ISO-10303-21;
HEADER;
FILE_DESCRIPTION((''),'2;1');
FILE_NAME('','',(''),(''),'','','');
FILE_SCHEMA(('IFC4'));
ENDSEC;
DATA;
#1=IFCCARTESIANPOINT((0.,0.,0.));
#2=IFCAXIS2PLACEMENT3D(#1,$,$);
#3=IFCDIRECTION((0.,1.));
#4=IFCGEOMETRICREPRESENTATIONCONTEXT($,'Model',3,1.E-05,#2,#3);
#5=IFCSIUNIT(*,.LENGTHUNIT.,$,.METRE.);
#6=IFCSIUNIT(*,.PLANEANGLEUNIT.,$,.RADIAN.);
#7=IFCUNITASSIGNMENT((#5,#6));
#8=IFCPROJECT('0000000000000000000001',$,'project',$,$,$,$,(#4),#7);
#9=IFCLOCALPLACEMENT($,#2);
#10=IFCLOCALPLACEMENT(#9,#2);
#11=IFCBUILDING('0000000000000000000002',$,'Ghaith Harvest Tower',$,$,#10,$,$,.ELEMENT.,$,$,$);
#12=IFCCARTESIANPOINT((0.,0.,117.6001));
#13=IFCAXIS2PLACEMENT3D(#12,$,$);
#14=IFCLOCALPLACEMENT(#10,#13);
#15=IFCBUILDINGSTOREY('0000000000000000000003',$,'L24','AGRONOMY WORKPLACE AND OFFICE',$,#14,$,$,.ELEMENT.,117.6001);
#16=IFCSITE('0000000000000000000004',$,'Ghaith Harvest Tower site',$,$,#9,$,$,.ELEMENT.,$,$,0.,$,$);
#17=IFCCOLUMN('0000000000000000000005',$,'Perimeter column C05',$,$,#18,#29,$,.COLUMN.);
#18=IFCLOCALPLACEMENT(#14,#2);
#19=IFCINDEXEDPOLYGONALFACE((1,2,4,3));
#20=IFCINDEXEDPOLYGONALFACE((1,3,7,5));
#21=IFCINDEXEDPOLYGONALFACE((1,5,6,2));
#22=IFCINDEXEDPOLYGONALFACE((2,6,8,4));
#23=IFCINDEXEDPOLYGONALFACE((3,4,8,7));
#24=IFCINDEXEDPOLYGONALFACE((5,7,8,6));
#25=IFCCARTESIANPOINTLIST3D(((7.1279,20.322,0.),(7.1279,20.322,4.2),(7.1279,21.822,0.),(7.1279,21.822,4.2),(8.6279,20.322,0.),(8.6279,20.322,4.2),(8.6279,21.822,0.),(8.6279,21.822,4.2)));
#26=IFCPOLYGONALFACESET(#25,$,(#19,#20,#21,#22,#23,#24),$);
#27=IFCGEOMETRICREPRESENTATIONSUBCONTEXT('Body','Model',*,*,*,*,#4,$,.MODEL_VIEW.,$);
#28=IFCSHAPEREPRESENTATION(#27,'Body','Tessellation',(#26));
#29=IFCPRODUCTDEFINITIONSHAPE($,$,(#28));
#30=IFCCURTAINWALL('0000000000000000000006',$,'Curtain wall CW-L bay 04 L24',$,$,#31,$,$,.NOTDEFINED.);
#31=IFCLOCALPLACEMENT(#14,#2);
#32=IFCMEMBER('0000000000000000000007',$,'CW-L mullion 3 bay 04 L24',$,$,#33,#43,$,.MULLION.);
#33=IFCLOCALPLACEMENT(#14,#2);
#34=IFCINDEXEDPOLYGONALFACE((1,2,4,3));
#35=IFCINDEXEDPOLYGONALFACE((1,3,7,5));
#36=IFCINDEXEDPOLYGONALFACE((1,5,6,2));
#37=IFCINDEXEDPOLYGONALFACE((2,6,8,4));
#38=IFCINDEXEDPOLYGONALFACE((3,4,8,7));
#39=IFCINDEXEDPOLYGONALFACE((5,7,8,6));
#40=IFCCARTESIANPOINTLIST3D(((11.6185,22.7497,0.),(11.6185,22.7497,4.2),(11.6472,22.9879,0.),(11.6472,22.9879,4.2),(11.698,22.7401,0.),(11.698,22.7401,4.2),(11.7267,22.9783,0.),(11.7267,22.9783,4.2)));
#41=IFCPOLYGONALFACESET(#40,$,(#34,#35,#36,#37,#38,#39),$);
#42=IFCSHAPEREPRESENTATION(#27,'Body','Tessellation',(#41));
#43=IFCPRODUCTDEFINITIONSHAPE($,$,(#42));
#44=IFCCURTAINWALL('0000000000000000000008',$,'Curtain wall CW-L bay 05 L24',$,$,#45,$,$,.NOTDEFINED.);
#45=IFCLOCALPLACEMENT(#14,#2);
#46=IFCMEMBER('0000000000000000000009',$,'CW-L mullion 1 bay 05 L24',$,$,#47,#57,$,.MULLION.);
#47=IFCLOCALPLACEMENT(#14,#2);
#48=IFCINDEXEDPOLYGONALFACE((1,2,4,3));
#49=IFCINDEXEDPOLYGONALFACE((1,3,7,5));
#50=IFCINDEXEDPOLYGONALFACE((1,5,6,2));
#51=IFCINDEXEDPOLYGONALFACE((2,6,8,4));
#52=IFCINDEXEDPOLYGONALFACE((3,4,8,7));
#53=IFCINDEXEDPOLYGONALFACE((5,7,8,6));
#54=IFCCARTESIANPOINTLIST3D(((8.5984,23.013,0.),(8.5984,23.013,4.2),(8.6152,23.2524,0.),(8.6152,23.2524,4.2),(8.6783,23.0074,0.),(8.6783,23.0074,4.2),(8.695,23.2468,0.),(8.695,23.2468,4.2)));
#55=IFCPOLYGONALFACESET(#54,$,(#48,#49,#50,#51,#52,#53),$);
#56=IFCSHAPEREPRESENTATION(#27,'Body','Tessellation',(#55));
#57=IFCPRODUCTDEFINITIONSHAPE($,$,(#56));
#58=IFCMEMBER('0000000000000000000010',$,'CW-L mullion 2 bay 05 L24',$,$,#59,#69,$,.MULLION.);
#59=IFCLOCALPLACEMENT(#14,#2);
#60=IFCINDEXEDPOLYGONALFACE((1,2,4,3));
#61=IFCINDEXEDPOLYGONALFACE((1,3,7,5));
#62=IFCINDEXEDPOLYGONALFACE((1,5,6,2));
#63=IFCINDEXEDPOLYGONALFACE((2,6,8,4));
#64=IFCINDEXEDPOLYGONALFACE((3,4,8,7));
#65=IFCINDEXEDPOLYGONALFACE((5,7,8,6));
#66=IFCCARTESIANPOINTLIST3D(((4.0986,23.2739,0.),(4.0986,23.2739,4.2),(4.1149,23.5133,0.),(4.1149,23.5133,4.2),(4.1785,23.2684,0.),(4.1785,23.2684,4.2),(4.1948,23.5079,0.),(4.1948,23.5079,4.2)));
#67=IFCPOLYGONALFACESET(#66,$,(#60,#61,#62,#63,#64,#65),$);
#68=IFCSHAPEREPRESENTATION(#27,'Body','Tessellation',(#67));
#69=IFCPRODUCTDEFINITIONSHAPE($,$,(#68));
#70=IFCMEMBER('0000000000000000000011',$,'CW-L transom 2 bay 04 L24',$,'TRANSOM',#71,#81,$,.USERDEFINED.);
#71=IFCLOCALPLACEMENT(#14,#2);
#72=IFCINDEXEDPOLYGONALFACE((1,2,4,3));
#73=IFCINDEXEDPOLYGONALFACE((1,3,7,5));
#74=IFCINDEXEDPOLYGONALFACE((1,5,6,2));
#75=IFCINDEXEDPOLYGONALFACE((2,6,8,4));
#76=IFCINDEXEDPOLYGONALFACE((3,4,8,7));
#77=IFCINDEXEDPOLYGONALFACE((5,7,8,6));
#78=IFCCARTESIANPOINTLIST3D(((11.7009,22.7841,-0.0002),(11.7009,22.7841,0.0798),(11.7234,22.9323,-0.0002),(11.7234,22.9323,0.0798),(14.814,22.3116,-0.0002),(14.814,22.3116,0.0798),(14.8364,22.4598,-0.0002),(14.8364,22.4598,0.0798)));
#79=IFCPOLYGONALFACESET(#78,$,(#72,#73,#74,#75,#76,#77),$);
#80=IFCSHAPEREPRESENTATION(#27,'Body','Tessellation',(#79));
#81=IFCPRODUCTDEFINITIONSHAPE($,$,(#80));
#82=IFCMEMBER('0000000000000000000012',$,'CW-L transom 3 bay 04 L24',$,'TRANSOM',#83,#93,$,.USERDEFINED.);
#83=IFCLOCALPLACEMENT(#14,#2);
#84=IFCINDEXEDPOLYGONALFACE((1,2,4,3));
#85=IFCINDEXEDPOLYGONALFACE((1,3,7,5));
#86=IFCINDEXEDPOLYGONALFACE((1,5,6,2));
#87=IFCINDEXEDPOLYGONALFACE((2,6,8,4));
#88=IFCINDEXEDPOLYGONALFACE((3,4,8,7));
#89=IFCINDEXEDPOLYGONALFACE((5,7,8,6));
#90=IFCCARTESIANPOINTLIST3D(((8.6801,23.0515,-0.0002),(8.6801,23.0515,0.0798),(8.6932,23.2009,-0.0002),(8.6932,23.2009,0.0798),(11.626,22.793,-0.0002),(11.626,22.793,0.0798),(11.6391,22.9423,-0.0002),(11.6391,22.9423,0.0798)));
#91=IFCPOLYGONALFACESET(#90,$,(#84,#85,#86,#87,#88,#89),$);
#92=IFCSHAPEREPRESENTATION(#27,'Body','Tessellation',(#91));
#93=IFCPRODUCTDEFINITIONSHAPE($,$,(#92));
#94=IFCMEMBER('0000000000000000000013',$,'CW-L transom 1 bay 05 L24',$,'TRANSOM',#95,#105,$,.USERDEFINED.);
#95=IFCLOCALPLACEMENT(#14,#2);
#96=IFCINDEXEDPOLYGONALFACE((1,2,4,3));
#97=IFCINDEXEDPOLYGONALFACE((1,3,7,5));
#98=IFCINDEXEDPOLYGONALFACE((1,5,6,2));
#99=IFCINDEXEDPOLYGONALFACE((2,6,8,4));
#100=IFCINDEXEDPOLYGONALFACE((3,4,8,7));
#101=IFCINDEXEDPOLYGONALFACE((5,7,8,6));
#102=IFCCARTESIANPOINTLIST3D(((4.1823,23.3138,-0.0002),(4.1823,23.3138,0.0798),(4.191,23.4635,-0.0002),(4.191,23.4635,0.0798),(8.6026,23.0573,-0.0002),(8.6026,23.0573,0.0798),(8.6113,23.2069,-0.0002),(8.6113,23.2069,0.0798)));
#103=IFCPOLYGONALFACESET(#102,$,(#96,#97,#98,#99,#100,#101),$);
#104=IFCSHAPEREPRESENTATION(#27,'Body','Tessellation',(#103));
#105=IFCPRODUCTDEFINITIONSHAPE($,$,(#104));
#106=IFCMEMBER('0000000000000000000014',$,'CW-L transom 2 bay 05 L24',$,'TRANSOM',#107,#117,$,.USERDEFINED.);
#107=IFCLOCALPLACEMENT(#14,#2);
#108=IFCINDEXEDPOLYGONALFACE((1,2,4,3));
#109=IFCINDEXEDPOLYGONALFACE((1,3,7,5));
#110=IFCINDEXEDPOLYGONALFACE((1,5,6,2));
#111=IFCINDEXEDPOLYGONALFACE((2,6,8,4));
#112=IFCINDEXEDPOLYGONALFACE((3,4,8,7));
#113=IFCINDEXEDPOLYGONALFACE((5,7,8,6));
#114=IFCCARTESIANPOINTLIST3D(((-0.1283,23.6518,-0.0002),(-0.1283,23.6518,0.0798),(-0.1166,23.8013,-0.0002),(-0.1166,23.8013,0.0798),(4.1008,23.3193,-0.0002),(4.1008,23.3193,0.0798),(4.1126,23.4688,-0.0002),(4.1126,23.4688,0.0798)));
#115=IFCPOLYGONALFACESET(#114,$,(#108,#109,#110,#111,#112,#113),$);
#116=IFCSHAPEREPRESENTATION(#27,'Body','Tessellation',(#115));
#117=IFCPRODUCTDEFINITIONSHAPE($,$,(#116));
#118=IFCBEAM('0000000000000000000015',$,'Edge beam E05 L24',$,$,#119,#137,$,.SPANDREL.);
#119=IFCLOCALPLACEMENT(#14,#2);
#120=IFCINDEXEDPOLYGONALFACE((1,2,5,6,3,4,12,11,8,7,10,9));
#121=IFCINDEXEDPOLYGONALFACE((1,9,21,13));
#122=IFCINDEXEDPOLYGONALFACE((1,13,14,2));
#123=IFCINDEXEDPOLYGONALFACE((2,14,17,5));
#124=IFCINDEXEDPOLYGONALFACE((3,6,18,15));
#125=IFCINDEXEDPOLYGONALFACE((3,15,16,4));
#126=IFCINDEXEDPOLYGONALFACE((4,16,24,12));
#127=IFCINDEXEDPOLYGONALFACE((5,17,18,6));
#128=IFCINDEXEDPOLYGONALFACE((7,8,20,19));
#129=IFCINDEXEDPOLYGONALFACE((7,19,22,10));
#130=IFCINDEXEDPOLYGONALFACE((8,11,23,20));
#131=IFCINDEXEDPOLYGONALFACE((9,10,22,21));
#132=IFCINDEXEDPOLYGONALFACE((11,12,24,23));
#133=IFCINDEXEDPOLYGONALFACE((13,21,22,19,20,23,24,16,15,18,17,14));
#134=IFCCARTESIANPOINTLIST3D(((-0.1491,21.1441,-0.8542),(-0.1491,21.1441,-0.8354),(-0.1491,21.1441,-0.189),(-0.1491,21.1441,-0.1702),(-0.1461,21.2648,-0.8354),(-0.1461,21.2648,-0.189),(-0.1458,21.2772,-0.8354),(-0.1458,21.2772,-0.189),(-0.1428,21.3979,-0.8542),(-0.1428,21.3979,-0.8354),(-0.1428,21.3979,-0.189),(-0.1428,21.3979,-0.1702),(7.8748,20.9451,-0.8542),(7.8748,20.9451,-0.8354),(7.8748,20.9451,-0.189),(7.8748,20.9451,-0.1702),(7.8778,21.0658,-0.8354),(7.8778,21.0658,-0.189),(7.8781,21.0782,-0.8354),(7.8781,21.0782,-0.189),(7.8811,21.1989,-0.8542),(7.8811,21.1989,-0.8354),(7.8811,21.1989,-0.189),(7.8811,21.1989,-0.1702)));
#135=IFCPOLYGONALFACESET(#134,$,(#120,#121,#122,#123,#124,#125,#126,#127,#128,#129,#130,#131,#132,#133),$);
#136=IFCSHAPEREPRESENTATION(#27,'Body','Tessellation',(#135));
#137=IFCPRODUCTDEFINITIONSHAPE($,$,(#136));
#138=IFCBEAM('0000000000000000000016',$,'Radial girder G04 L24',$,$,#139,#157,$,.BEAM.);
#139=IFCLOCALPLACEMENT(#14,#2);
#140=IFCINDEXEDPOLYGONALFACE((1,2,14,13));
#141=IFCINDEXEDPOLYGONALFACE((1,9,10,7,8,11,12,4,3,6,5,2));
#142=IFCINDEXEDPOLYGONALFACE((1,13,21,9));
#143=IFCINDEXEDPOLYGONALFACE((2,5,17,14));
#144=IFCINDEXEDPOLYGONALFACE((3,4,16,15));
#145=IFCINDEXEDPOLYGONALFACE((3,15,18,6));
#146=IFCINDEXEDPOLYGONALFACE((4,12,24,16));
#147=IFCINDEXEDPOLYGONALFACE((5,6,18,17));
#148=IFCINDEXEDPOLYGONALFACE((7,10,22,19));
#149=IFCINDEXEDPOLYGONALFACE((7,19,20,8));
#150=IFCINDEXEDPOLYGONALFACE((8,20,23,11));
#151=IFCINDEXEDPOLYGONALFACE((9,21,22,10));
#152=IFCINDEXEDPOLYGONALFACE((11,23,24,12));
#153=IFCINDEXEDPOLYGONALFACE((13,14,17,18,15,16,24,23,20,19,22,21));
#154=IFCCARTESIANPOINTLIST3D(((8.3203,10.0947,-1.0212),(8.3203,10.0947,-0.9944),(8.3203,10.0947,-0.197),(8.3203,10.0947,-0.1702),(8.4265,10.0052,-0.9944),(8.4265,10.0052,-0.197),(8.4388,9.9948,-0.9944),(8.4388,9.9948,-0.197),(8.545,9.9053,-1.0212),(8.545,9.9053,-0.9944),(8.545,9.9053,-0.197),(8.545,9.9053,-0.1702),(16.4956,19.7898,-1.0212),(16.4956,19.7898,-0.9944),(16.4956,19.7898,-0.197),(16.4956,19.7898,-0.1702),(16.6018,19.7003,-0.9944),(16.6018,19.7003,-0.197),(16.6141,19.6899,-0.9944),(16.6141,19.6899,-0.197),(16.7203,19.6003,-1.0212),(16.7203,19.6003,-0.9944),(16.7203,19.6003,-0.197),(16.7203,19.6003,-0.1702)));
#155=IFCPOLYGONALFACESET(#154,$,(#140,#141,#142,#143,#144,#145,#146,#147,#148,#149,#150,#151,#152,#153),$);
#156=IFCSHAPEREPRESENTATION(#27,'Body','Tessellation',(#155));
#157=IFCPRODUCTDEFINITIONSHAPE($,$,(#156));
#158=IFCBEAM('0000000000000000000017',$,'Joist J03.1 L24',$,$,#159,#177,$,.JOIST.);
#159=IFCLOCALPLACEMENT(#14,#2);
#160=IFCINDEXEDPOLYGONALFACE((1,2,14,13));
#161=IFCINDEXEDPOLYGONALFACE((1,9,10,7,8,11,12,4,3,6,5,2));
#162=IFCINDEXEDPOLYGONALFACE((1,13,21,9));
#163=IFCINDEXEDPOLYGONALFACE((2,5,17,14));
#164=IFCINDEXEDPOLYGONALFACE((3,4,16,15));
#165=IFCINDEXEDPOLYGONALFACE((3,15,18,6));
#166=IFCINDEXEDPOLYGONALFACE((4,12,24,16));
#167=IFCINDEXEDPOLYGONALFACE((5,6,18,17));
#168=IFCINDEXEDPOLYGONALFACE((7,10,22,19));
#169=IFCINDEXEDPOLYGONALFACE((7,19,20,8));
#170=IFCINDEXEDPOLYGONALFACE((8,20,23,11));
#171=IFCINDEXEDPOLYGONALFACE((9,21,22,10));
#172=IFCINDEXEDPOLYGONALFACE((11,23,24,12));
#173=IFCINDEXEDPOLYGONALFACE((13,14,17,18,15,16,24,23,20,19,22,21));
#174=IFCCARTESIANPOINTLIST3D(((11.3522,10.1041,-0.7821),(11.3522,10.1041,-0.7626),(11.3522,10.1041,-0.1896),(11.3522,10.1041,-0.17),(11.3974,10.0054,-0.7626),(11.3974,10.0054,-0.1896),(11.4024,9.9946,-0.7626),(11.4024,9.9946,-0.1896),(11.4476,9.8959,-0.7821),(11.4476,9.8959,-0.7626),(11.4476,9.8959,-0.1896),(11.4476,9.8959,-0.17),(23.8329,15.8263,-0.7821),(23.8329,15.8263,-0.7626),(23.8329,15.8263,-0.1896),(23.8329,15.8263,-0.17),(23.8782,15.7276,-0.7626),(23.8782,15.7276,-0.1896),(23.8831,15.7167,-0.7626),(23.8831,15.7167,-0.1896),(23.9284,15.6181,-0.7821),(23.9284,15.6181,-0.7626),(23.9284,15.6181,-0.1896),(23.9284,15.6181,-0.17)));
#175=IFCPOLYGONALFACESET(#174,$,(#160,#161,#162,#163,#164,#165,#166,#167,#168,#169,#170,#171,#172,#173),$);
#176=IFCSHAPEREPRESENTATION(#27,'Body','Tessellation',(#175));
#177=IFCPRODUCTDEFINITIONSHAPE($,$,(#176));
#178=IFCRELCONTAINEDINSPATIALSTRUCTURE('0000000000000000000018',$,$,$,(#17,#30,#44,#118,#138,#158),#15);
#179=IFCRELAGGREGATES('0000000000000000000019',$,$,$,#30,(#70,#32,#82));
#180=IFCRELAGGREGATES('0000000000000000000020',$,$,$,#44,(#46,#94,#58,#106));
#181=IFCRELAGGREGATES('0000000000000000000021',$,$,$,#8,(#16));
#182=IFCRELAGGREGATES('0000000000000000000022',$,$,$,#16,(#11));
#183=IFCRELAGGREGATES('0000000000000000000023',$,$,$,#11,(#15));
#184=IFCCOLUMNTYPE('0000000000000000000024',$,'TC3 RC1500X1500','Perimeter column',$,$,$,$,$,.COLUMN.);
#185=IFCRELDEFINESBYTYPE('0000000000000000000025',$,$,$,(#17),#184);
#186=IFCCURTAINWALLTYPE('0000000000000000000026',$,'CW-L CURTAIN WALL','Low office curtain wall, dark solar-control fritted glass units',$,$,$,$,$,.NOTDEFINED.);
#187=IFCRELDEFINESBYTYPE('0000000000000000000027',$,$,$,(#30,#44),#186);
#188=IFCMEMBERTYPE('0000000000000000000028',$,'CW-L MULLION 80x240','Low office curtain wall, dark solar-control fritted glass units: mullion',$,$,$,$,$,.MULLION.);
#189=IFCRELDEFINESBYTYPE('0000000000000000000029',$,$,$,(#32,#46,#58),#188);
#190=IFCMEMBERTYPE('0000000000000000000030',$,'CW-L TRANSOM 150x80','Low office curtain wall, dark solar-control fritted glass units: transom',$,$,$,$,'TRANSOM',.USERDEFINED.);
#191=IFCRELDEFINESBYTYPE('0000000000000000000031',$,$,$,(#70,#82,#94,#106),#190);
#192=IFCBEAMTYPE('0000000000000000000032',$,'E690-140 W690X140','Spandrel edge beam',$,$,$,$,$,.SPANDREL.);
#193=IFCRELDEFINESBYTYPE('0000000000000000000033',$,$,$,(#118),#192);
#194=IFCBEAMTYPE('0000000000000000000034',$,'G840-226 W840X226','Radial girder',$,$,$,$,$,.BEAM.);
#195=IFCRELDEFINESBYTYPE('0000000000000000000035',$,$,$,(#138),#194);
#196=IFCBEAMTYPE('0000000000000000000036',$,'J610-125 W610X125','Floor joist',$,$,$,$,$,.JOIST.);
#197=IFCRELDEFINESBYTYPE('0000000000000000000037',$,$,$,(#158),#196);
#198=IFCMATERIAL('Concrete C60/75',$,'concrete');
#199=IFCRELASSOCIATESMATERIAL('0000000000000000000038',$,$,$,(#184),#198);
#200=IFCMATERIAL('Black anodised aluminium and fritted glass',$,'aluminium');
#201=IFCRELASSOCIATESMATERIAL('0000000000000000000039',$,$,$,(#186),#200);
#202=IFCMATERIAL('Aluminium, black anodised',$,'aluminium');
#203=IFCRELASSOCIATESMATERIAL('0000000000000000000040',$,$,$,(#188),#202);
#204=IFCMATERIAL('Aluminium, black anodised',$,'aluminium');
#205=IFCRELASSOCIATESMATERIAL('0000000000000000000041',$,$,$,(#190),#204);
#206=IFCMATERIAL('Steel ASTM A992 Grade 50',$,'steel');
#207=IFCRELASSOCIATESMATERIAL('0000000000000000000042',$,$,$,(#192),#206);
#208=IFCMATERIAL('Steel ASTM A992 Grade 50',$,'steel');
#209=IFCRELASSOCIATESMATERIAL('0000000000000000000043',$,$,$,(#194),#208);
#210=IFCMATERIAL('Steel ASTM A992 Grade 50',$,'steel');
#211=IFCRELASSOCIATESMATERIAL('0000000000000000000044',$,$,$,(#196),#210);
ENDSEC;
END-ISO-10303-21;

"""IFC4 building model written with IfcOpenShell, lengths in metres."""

from ifc_helpers import new_model, si_unit, direction, frame, origin, origin_2d, place, context, subcontext, project, spatial, rectangle, i_section, extrude, material, material_profile, profile_set, type_object, element, aggregate, save


model = new_model("IFC4")

# Units and contexts
model_context = context("Model", 3, precision=1e-05, world=origin(), true_north=direction((0.0, 1.0)))
body_context = subcontext(model_context, "Body", "Model", "MODEL_VIEW")
ifc_project = project(units=[si_unit("LENGTHUNIT", "METRE"), si_unit("PLANEANGLEUNIT", "RADIAN")], contexts=[model_context])

# Site, building, storey
site_placement = place(None, origin())
site = spatial("IfcSite", under=ifc_project, at=site_placement, Name="Ghaith Harvest Tower site", CompositionType="ELEMENT", RefElevation=0.0)
building_placement = place(site_placement, origin())
building = spatial("IfcBuilding", under=site, at=building_placement, Name="Ghaith Harvest Tower", CompositionType="ELEMENT")
storey_placement = place(building_placement, frame((0.0, 0.0, 117.6001)))
storey = spatial("IfcBuildingStorey", under=building, at=storey_placement, Name="L24", Description="AGRONOMY WORKPLACE AND OFFICE", CompositionType="ELEMENT", Elevation=117.6001)

# Column
ifc_material_1 = material(Name="Concrete C60/75", Category="concrete")
ifc_material_profile_1 = material_profile(ifc_material_1, rectangle(XDim=1.5, YDim=1.5, at=origin_2d()), Name="RC1500X1500")
ifc_profile_set_1 = profile_set([ifc_material_profile_1], Name="Concrete C60/75")
column_type = type_object("IfcColumnType", Name="TC3 RC1500X1500", Description="Perimeter column", PredefinedType="COLUMN", material=ifc_profile_set_1)
column_placement = place(storey_placement, frame((7.8779, 21.072, 0.0), z_axis=(0.0, 0.0, 1.0), x_axis=(1.0, 0.0, 0.0)))
element("IfcColumn", 1, at=column_placement, inside=storey, type_object=column_type, Name="Perimeter column C05", PredefinedType="COLUMN", context=body_context, shape_type="SweptSolid", body=[
    extrude(rectangle(XDim=1.5, YDim=1.5, at=origin_2d()), origin(), (0.0, 0.0, 1.0), 4.2),
])

# Curtain wall, member
ifc_material_2 = material(Name="Black anodised aluminium and fritted glass", Category="aluminium")
curtain_wall_type = type_object("IfcCurtainWallType", Name="CW-L CURTAIN WALL", Description="Low office curtain wall, dark solar-control fritted glass units", PredefinedType="NOTDEFINED", material=ifc_material_2)
curtain_wall_1_placement = place(storey_placement, origin())
curtain_wall_1 = element("IfcCurtainWall", 2, at=curtain_wall_1_placement, inside=storey, type_object=curtain_wall_type, Name="Curtain wall CW-L bay 04 L24", PredefinedType="NOTDEFINED")
ifc_material_3 = material(Name="Aluminium, black anodised", Category="aluminium")
ifc_material_profile_2 = material_profile(ifc_material_3, rectangle(XDim=0.0801, YDim=0.24, at=origin_2d()), Name="CW-L MULLION 80x240")
ifc_profile_set_2 = profile_set([ifc_material_profile_2], Name="Aluminium, black anodised")
member_type_1 = type_object("IfcMemberType", Name="CW-L MULLION 80x240", Description="Low office curtain wall, dark solar-control fritted glass units: mullion", PredefinedType="MULLION", material=ifc_profile_set_2)
member_1_placement = place(storey_placement, frame((11.6726, 22.864, 0.0), z_axis=(0.0, 0.0, 1.0), x_axis=(-0.9928, 0.11978, 0.0)))
member_1 = element("IfcMember", 3, at=member_1_placement, type_object=member_type_1, Name="CW-L mullion 3 bay 04 L24", PredefinedType="MULLION", context=body_context, shape_type="SweptSolid", body=[
    extrude(rectangle(XDim=0.0801, YDim=0.24, at=origin_2d()), origin(), (0.0, 0.0, 1.0), 4.2),
])

# Curtain wall, members
curtain_wall_2_placement = place(storey_placement, origin())
curtain_wall_2 = element("IfcCurtainWall", 4, at=curtain_wall_2_placement, inside=storey, type_object=curtain_wall_type, Name="Curtain wall CW-L bay 05 L24", PredefinedType="NOTDEFINED")
member_2_placement = place(storey_placement, frame((8.6467, 23.1299, 0.0), z_axis=(0.0, 0.0, 1.0), x_axis=(-0.997559, 0.069832, 0.0)))
member_2 = element("IfcMember", 5, at=member_2_placement, type_object=member_type_1, Name="CW-L mullion 1 bay 05 L24", PredefinedType="MULLION", context=body_context, shape_type="SweptSolid", body=[
    extrude(rectangle(XDim=0.0801, YDim=0.24, at=origin_2d()), origin(), (0.0, 0.0, 1.0), 4.2),
])
member_3_placement = place(storey_placement, frame((4.1467, 23.3909, 0.0), z_axis=(0.0, 0.0, 1.0), x_axis=(-0.99769, 0.067933, 0.0)))
member_3 = element("IfcMember", 6, at=member_3_placement, type_object=member_type_1, Name="CW-L mullion 2 bay 05 L24", PredefinedType="MULLION", context=body_context, shape_type="SweptSolid", body=[
    extrude(rectangle(XDim=0.0801, YDim=0.24, at=origin_2d()), origin(), (0.0, 0.0, 1.0), 4.2),
])

# Members
ifc_material_4 = material(Name="Aluminium, black anodised", Category="aluminium")
ifc_material_profile_3 = material_profile(ifc_material_4, rectangle(XDim=0.1499, YDim=0.0801, at=origin_2d()), Name="CW-L TRANSOM 150x80")
ifc_profile_set_3 = profile_set([ifc_material_profile_3], Name="Aluminium, black anodised")
member_type_2 = type_object("IfcMemberType", Name="CW-L TRANSOM 150x80", Description="Low office curtain wall, dark solar-control fritted glass units: transom", ElementType="TRANSOM", PredefinedType="USERDEFINED", material=ifc_profile_set_3)
member_4_placement = place(storey_placement, frame((14.8252, 22.3857, 0.0398), z_axis=(-0.988681, 0.150035, 0.0), x_axis=(-0.150035, -0.988681, 0.0)))
member_4 = element("IfcMember", 7, at=member_4_placement, type_object=member_type_2, Name="CW-L transom 2 bay 04 L24", ObjectType="TRANSOM", PredefinedType="USERDEFINED", context=body_context, shape_type="SweptSolid", body=[
    extrude(rectangle(XDim=0.1499, YDim=0.0801, at=origin_2d()), origin(), (0.0, 0.0, 1.0), 3.1487),
])
member_5_placement = place(storey_placement, frame((11.6326, 22.8677, 0.0398), z_axis=(-0.996171, 0.087424, 0.0), x_axis=(-0.087424, -0.996171, 0.0)))
member_5 = element("IfcMember", 8, at=member_5_placement, type_object=member_type_2, Name="CW-L transom 3 bay 04 L24", ObjectType="TRANSOM", PredefinedType="USERDEFINED", context=body_context, shape_type="SweptSolid", body=[
    extrude(rectangle(XDim=0.1499, YDim=0.0801, at=origin_2d()), origin(), (0.0, 0.0, 1.0), 2.9573),
])
member_6_placement = place(storey_placement, frame((8.6069, 23.1321, 0.0398), z_axis=(-0.99832, 0.05795, 0.0), x_axis=(-0.05795, -0.99832, 0.0)))
member_6 = element("IfcMember", 9, at=member_6_placement, type_object=member_type_2, Name="CW-L transom 1 bay 05 L24", ObjectType="TRANSOM", PredefinedType="USERDEFINED", context=body_context, shape_type="SweptSolid", body=[
    extrude(rectangle(XDim=0.1499, YDim=0.0801, at=origin_2d()), origin(), (0.0, 0.0, 1.0), 4.4277),
])
member_7_placement = place(storey_placement, frame((4.1067, 23.394, 0.0398), z_axis=(-0.996923, 0.078382, 0.0), x_axis=(-0.078382, -0.996923, 0.0)))
member_7 = element("IfcMember", 10, at=member_7_placement, type_object=member_type_2, Name="CW-L transom 2 bay 05 L24", ObjectType="TRANSOM", PredefinedType="USERDEFINED", context=body_context, shape_type="SweptSolid", body=[
    extrude(rectangle(XDim=0.1499, YDim=0.0801, at=origin_2d()), origin(), (0.0, 0.0, 1.0), 4.2422),
])

# Beams
ifc_material_5 = material(Name="Steel ASTM A992 Grade 50", Category="steel")
ifc_material_profile_4 = material_profile(ifc_material_5, i_section(OverallWidth=0.2539, OverallDepth=0.6841, WebThickness=0.0125, FlangeThickness=0.0188, at=origin_2d()), Name="W690X140")
ifc_profile_set_4 = profile_set([ifc_material_profile_4], Name="Steel ASTM A992 Grade 50")
beam_type_1 = type_object("IfcBeamType", Name="E690-140 W690X140", Description="Spandrel edge beam", PredefinedType="SPANDREL", material=ifc_profile_set_4)
beam_1_placement = place(storey_placement, frame((7.8779, 21.072, -0.5122), z_axis=(-0.999693, 0.02479, 0.0), x_axis=(-0.02479, -0.999693, 0.0)))
element("IfcBeam", 11, at=beam_1_placement, inside=storey, type_object=beam_type_1, Name="Edge beam E05 L24", PredefinedType="SPANDREL", context=body_context, shape_type="SweptSolid", body=[
    extrude(i_section(OverallWidth=0.2539, OverallDepth=0.6841, WebThickness=0.0125, FlangeThickness=0.0188, at=origin_2d()), origin(), (0.0, 0.0, 1.0), 8.0264),
])
ifc_material_6 = material(Name="Steel ASTM A992 Grade 50", Category="steel")
ifc_material_profile_5 = material_profile(ifc_material_6, i_section(OverallWidth=0.2939, OverallDepth=0.8511, WebThickness=0.0161, FlangeThickness=0.0269, at=origin_2d()), Name="W840X226")
ifc_profile_set_5 = profile_set([ifc_material_profile_5], Name="Steel ASTM A992 Grade 50")
beam_type_2 = type_object("IfcBeamType", Name="G840-226 W840X226", Description="Radial girder", PredefinedType="BEAM", material=ifc_profile_set_5)
beam_2_placement = place(storey_placement, frame((8.4326, 10.0, -0.5957), z_axis=(0.644644, 0.764483, 0.0), x_axis=(-0.764483, 0.644644, 0.0)))
element("IfcBeam", 12, at=beam_2_placement, inside=storey, type_object=beam_type_2, Name="Radial girder G04 L24", PredefinedType="BEAM", context=body_context, shape_type="SweptSolid", body=[
    extrude(i_section(OverallWidth=0.2939, OverallDepth=0.8511, WebThickness=0.0161, FlangeThickness=0.0269, at=origin_2d()), origin(), (0.0, 0.0, 1.0), 12.6819),
])
ifc_material_7 = material(Name="Steel ASTM A992 Grade 50", Category="steel")
ifc_material_profile_6 = material_profile(ifc_material_7, i_section(OverallWidth=0.229, OverallDepth=0.6121, WebThickness=0.012, FlangeThickness=0.0195, at=origin_2d()), Name="W610X125")
ifc_profile_set_6 = profile_set([ifc_material_profile_6], Name="Steel ASTM A992 Grade 50")
beam_type_3 = type_object("IfcBeamType", Name="J610-125 W610X125", Description="Floor joist", PredefinedType="JOIST", material=ifc_profile_set_6)
beam_3_placement = place(storey_placement, frame((11.3999, 10.0, -0.4761), z_axis=(0.909014, 0.416766, 0.0), x_axis=(-0.416766, 0.909014, 0.0)))
element("IfcBeam", 13, at=beam_3_placement, inside=storey, type_object=beam_type_3, Name="Joist J03.1 L24", PredefinedType="JOIST", context=body_context, shape_type="SweptSolid", body=[
    extrude(i_section(OverallWidth=0.229, OverallDepth=0.6121, WebThickness=0.012, FlangeThickness=0.0195, at=origin_2d()), origin(), (0.0, 0.0, 1.0), 13.73),
])

aggregate(curtain_wall_1, [member_4, member_1, member_5])
aggregate(curtain_wall_2, [member_2, member_6, member_3, member_7])

save(model, "model.ifc")
